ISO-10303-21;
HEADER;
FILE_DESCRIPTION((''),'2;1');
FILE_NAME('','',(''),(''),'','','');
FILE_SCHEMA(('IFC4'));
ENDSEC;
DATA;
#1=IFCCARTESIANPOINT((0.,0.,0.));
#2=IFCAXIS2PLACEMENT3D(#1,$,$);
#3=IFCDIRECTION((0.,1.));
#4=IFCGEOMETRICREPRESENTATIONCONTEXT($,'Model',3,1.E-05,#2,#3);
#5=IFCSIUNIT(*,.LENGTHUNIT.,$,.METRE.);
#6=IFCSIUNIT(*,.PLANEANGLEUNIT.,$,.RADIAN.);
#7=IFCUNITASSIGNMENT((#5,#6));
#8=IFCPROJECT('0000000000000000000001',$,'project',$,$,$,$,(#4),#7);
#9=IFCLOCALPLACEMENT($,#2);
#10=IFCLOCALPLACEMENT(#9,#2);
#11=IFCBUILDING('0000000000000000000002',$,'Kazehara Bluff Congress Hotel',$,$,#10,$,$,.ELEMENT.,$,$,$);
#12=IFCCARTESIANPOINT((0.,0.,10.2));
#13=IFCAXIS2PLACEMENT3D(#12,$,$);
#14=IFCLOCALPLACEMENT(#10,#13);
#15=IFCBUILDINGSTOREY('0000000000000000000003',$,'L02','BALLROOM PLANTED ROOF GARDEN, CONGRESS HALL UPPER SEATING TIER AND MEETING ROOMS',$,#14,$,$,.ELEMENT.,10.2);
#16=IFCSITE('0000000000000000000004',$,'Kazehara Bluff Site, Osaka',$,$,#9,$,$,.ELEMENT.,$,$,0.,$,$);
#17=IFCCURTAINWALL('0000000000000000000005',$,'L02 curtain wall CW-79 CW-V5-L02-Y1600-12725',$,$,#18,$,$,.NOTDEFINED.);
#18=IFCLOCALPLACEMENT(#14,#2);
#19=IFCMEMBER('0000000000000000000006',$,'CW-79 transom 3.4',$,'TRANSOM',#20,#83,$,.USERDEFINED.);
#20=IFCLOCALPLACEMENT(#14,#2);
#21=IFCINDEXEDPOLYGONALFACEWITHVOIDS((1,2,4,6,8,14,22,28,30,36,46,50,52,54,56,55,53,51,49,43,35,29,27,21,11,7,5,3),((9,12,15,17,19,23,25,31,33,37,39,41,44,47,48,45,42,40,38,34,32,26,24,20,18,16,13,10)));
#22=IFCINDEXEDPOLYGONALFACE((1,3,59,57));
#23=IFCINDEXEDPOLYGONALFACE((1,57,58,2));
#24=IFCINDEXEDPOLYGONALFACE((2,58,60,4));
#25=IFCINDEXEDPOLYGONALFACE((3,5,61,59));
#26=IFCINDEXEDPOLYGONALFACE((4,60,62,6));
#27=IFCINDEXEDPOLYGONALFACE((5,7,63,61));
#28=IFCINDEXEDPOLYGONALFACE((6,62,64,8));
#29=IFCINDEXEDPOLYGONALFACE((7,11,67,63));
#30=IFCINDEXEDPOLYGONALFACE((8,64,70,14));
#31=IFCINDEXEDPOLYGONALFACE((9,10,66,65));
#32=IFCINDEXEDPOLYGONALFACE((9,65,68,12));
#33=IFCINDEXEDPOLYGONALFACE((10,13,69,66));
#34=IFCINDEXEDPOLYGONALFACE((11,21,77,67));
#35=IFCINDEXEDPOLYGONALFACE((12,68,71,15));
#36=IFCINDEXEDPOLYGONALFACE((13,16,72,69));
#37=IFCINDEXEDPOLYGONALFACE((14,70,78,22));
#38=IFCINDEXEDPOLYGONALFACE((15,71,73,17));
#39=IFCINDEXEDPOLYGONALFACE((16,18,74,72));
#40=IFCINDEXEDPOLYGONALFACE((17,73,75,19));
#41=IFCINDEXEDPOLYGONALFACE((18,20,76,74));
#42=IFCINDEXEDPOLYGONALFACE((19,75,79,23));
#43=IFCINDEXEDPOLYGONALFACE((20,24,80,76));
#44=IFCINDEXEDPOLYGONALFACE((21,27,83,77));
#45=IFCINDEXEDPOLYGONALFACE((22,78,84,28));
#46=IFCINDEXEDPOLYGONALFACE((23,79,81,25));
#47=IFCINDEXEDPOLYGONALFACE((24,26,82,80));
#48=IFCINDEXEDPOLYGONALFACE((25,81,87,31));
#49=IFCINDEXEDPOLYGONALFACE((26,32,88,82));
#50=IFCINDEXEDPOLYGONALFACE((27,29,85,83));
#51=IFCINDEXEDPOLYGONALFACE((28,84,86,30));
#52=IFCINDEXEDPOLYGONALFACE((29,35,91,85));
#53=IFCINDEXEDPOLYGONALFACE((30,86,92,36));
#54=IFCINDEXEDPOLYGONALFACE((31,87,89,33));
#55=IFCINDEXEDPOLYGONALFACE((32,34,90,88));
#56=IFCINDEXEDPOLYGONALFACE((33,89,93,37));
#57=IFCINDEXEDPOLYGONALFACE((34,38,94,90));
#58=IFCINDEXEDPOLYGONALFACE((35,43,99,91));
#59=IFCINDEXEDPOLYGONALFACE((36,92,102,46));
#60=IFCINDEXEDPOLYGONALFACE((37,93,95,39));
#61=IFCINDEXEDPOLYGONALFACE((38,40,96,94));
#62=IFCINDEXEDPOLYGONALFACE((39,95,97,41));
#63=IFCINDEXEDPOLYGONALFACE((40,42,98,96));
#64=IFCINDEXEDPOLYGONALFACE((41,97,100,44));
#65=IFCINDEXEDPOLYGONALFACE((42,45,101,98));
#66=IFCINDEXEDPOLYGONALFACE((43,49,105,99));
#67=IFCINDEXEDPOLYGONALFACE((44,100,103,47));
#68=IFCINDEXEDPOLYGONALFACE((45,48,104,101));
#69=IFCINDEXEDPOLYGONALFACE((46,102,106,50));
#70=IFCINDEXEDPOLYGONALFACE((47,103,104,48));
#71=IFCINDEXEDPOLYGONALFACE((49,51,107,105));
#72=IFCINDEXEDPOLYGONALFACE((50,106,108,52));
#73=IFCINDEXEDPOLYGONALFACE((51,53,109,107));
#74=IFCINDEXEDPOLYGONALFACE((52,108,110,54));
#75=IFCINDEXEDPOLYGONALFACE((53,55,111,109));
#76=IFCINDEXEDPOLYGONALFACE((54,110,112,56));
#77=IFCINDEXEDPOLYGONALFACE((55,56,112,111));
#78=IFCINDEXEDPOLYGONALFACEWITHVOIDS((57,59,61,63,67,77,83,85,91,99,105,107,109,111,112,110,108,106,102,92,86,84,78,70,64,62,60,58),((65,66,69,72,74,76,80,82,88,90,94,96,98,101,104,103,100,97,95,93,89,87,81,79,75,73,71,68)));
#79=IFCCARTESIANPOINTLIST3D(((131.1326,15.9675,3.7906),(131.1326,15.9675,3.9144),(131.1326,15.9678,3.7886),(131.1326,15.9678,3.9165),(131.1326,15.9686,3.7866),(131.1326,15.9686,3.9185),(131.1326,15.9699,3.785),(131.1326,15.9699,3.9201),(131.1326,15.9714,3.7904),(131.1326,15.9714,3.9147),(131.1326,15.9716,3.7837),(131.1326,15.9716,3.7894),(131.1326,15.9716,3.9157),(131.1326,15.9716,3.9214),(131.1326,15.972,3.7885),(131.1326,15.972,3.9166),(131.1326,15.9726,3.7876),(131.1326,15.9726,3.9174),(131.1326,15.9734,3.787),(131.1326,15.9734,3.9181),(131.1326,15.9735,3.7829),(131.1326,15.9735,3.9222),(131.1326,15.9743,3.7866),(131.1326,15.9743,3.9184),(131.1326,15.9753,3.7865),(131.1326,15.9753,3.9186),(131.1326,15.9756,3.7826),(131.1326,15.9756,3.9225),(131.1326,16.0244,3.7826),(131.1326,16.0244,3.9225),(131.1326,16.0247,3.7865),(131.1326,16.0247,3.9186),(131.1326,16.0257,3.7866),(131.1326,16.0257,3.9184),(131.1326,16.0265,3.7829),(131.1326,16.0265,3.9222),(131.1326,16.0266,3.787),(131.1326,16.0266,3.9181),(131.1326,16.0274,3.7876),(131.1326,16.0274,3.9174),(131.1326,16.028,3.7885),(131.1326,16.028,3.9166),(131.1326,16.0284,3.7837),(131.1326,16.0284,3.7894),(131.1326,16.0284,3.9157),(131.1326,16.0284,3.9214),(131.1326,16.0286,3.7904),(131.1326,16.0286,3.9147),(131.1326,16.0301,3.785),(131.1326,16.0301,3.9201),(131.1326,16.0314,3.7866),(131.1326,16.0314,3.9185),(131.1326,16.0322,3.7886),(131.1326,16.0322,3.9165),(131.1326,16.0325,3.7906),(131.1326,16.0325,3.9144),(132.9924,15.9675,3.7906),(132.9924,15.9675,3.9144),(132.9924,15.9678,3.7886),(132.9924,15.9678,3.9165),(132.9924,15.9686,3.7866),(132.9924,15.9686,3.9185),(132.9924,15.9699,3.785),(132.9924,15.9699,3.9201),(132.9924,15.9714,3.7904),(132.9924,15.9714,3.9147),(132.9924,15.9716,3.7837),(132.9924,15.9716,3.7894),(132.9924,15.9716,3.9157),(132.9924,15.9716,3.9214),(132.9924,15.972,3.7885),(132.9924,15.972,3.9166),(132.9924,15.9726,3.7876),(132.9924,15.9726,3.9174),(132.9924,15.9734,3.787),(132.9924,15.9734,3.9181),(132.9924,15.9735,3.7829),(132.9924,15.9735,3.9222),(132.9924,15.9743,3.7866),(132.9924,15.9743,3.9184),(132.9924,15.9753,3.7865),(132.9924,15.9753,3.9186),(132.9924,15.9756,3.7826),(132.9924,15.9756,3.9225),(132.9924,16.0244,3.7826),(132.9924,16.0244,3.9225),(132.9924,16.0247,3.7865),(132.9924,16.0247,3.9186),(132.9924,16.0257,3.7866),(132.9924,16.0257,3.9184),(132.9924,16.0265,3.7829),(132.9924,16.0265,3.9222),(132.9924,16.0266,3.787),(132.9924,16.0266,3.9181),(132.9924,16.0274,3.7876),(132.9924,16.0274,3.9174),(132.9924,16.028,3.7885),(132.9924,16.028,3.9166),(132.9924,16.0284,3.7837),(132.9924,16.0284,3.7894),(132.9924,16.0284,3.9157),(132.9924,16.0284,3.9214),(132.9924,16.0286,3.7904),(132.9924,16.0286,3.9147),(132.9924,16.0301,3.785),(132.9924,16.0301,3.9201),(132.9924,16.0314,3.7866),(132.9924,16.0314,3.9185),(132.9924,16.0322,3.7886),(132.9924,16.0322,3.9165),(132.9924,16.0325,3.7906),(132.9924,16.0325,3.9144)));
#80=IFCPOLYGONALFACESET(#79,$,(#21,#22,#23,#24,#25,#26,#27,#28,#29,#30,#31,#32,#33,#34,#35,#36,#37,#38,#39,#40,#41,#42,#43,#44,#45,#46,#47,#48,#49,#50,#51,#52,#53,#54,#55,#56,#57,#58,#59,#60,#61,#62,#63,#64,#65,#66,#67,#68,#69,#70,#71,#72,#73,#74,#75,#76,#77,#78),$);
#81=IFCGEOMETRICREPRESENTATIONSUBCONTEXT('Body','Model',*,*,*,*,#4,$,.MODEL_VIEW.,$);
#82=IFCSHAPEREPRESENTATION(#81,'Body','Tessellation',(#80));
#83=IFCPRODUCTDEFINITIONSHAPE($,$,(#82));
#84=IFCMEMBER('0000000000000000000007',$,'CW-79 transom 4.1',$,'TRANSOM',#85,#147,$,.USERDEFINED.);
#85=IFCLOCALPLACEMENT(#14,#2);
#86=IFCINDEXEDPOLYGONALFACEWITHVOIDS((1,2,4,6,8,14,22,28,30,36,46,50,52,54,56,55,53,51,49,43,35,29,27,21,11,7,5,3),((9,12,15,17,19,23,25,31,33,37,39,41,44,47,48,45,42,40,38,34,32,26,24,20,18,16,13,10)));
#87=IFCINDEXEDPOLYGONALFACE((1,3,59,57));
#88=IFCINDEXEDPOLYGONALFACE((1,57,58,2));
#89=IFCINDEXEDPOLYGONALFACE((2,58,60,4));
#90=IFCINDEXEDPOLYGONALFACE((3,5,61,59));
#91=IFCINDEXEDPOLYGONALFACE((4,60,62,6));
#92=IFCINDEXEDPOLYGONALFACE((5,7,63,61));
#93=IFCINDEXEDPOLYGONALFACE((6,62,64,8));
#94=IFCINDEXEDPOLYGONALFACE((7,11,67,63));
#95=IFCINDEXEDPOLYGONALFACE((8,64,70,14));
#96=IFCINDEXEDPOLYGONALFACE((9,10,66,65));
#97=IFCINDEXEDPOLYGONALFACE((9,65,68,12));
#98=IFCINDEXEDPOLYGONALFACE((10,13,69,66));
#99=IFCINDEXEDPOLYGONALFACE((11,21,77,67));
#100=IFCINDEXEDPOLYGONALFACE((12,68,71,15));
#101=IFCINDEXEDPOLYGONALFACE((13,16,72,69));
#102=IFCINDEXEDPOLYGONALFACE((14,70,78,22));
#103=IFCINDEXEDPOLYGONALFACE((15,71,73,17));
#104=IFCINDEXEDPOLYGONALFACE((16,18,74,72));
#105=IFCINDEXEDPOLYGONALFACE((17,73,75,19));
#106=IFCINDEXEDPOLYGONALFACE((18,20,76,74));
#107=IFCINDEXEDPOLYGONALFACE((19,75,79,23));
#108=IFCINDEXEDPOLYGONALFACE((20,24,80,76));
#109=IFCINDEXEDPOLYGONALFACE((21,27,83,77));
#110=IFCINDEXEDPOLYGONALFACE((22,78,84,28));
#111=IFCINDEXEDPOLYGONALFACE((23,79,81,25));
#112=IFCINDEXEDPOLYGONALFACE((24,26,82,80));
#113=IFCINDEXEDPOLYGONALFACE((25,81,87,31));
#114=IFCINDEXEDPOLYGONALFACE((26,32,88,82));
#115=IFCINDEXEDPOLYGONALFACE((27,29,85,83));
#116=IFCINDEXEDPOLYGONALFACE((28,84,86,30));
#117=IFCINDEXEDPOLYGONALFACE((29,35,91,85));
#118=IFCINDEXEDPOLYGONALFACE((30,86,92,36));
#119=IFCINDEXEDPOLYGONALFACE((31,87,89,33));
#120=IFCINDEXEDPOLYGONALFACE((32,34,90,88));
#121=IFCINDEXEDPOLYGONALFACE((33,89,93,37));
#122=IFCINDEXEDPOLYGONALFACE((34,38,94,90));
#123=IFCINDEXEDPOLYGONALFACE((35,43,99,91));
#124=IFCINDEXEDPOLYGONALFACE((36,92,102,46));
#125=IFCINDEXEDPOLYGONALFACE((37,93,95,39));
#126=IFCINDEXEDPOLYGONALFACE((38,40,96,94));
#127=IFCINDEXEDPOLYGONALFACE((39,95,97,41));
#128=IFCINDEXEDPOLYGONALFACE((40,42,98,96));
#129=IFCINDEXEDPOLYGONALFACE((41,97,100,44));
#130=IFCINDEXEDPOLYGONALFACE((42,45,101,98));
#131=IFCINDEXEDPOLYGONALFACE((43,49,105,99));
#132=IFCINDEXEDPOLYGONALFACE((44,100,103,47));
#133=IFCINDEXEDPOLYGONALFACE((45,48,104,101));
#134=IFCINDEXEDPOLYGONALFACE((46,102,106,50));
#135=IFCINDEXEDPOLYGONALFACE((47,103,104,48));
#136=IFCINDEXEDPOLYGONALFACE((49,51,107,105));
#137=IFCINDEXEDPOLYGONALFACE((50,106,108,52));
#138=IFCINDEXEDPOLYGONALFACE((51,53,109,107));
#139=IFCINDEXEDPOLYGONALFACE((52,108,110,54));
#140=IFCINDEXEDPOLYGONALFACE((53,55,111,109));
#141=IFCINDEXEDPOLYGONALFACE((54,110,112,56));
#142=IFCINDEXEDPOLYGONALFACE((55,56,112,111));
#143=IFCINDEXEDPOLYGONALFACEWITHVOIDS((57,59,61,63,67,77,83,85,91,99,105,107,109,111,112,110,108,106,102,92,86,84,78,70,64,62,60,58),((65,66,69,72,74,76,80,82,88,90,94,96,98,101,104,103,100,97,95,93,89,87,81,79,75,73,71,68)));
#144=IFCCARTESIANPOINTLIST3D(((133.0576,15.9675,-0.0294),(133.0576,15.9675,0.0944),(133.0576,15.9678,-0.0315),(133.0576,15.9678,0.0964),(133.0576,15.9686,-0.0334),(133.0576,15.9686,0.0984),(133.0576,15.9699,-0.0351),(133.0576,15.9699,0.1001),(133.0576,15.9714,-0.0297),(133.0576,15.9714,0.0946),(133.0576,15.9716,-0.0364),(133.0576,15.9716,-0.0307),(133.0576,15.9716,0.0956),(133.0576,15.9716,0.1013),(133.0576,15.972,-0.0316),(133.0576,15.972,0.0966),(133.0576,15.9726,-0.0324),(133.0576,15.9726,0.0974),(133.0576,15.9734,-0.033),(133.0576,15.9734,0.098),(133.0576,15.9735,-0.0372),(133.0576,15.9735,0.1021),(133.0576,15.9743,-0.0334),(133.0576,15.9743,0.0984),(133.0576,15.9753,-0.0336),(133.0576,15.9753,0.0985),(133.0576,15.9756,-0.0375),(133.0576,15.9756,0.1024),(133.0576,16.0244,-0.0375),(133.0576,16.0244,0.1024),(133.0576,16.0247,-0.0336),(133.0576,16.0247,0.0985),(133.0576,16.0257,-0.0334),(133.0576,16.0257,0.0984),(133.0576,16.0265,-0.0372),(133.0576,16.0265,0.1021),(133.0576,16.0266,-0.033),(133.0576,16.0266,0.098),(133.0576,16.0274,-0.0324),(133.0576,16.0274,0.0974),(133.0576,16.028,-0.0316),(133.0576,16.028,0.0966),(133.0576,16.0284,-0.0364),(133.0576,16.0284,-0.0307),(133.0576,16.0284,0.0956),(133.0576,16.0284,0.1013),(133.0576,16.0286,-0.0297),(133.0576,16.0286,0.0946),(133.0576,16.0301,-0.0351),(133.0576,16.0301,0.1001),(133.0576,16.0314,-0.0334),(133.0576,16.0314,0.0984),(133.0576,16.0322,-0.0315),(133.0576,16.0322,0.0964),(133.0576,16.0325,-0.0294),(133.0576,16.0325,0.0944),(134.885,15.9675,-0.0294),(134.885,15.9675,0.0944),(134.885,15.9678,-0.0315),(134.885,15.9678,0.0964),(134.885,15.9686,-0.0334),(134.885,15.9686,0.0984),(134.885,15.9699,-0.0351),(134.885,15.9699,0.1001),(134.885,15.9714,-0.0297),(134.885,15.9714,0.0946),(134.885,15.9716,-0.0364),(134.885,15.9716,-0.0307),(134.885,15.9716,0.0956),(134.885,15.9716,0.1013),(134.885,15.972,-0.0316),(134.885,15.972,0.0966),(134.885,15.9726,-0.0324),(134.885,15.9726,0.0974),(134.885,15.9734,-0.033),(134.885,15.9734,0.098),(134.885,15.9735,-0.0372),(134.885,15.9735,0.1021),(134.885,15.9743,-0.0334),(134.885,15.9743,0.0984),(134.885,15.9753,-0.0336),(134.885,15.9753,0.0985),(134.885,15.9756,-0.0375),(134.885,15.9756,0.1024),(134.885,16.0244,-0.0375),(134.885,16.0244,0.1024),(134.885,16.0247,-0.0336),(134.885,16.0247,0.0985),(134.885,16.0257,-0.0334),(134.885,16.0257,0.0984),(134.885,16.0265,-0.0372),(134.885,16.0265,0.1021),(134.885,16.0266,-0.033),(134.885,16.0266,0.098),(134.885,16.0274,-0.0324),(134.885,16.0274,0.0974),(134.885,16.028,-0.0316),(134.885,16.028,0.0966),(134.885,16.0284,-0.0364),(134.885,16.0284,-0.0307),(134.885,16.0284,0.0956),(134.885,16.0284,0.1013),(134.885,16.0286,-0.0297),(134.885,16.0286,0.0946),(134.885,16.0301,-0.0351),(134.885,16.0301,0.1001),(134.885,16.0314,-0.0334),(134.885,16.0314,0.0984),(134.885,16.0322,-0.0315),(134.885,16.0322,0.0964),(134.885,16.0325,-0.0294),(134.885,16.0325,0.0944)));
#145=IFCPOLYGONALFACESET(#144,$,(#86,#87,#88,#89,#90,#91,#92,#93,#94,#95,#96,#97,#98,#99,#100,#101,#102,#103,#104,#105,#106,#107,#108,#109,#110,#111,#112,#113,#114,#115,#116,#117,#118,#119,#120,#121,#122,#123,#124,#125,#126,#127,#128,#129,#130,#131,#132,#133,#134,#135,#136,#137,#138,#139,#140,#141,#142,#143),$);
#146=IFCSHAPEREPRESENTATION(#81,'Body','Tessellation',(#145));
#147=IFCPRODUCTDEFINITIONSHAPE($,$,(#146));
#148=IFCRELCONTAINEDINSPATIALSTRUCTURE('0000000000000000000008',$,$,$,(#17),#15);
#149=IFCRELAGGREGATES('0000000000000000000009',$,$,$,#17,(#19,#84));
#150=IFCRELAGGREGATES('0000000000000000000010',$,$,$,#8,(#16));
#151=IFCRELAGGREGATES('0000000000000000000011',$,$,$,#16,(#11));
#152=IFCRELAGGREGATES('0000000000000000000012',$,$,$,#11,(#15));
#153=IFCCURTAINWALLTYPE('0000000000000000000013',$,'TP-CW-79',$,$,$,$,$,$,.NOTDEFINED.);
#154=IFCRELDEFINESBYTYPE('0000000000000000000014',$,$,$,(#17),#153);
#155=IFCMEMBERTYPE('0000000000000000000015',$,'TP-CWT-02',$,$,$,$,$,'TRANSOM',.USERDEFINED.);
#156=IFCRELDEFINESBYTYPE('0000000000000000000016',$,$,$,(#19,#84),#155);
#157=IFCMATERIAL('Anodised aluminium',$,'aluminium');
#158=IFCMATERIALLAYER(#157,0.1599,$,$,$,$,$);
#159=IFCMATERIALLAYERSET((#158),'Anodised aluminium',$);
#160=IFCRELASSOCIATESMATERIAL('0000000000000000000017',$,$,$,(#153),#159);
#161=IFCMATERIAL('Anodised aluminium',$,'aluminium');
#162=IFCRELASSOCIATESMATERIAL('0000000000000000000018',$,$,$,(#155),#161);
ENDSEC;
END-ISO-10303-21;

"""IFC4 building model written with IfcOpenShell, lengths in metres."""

from ifc_helpers import new_model, si_unit, direction, frame, origin, origin_2d, place, context, subcontext, project, spatial, hollow_rectangle, extrude, material, layer, layer_set, material_profile, profile_set, type_object, element, aggregate, save


model = new_model("IFC4")

# Units and contexts
model_context = context("Model", 3, precision=1e-05, world=origin(), true_north=direction((0.0, 1.0)))
body_context = subcontext(model_context, "Body", "Model", "MODEL_VIEW")
ifc_project = project(units=[si_unit("LENGTHUNIT", "METRE"), si_unit("PLANEANGLEUNIT", "RADIAN")], contexts=[model_context])

# Site, building, storey
site_placement = place(None, origin())
site = spatial("IfcSite", under=ifc_project, at=site_placement, Name="Kazehara Bluff Site, Osaka", CompositionType="ELEMENT", RefElevation=0.0)
building_placement = place(site_placement, origin())
building = spatial("IfcBuilding", under=site, at=building_placement, Name="Kazehara Bluff Congress Hotel", CompositionType="ELEMENT")
storey_placement = place(building_placement, frame((0.0, 0.0, 10.2)))
storey = spatial("IfcBuildingStorey", under=building, at=storey_placement, Name="L02", Description="BALLROOM PLANTED ROOF GARDEN, CONGRESS HALL UPPER SEATING TIER AND MEETING ROOMS", CompositionType="ELEMENT", Elevation=10.2)

# Curtain wall
ifc_material_1 = material(Name="Anodised aluminium", Category="aluminium")
ifc_layer_1 = layer(ifc_material_1, 0.1599)
ifc_layer_set_1 = layer_set([ifc_layer_1], Name="Anodised aluminium")
curtain_wall_type_1 = type_object("IfcCurtainWallType", Name="TP-CW-79", PredefinedType="NOTDEFINED", material=ifc_layer_set_1)
curtain_wall_1_placement = place(storey_placement, origin())
curtain_wall_1 = element("IfcCurtainWall", 1, at=curtain_wall_1_placement, inside=storey, type_object=curtain_wall_type_1, Name="L02 curtain wall CW-79 CW-V5-L02-Y1600-12725", PredefinedType="NOTDEFINED")

# Members
ifc_material_2 = material(Name="Anodised aluminium", Category="aluminium")
ifc_material_profile_1 = material_profile(ifc_material_2, hollow_rectangle(XDim=0.0649, YDim=0.1399, WallThickness=0.0039, InnerFilletRadius=0.0039, OuterFilletRadius=0.0081, at=origin_2d()))
ifc_profile_set_1 = profile_set([ifc_material_profile_1], Name="Anodised aluminium")
member_type_1 = type_object("IfcMemberType", Name="TP-CWT-02", ElementType="TRANSOM", PredefinedType="USERDEFINED", material=ifc_profile_set_1)
member_1_placement = place(storey_placement, frame((131.1326, 16.0, 3.8525), z_axis=(1.0, 0.0, 0.0), x_axis=(0.0, 1.0, 0.0)))
member_1 = element("IfcMember", 2, at=member_1_placement, type_object=member_type_1, Name="CW-79 transom 3.4", ObjectType="TRANSOM", PredefinedType="USERDEFINED", context=body_context, shape_type="SweptSolid", body=[
    extrude(hollow_rectangle(XDim=0.0649, YDim=0.1399, WallThickness=0.0039, InnerFilletRadius=0.0039, OuterFilletRadius=0.0081, at=origin_2d()), origin(), (0.0, 0.0, 1.0), 1.8599),
])
member_2_placement = place(storey_placement, frame((133.0576, 16.0, 0.0325), z_axis=(1.0, 0.0, 0.0), x_axis=(0.0, 1.0, 0.0)))
member_2 = element("IfcMember", 3, at=member_2_placement, type_object=member_type_1, Name="CW-79 transom 4.1", ObjectType="TRANSOM", PredefinedType="USERDEFINED", context=body_context, shape_type="SweptSolid", body=[
    extrude(hollow_rectangle(XDim=0.0649, YDim=0.1399, WallThickness=0.0039, InnerFilletRadius=0.0039, OuterFilletRadius=0.0081, at=origin_2d()), origin(), (0.0, 0.0, 1.0), 1.8274),
])

aggregate(curtain_wall_1, [member_1, member_2])

save(model, "model.ifc")
